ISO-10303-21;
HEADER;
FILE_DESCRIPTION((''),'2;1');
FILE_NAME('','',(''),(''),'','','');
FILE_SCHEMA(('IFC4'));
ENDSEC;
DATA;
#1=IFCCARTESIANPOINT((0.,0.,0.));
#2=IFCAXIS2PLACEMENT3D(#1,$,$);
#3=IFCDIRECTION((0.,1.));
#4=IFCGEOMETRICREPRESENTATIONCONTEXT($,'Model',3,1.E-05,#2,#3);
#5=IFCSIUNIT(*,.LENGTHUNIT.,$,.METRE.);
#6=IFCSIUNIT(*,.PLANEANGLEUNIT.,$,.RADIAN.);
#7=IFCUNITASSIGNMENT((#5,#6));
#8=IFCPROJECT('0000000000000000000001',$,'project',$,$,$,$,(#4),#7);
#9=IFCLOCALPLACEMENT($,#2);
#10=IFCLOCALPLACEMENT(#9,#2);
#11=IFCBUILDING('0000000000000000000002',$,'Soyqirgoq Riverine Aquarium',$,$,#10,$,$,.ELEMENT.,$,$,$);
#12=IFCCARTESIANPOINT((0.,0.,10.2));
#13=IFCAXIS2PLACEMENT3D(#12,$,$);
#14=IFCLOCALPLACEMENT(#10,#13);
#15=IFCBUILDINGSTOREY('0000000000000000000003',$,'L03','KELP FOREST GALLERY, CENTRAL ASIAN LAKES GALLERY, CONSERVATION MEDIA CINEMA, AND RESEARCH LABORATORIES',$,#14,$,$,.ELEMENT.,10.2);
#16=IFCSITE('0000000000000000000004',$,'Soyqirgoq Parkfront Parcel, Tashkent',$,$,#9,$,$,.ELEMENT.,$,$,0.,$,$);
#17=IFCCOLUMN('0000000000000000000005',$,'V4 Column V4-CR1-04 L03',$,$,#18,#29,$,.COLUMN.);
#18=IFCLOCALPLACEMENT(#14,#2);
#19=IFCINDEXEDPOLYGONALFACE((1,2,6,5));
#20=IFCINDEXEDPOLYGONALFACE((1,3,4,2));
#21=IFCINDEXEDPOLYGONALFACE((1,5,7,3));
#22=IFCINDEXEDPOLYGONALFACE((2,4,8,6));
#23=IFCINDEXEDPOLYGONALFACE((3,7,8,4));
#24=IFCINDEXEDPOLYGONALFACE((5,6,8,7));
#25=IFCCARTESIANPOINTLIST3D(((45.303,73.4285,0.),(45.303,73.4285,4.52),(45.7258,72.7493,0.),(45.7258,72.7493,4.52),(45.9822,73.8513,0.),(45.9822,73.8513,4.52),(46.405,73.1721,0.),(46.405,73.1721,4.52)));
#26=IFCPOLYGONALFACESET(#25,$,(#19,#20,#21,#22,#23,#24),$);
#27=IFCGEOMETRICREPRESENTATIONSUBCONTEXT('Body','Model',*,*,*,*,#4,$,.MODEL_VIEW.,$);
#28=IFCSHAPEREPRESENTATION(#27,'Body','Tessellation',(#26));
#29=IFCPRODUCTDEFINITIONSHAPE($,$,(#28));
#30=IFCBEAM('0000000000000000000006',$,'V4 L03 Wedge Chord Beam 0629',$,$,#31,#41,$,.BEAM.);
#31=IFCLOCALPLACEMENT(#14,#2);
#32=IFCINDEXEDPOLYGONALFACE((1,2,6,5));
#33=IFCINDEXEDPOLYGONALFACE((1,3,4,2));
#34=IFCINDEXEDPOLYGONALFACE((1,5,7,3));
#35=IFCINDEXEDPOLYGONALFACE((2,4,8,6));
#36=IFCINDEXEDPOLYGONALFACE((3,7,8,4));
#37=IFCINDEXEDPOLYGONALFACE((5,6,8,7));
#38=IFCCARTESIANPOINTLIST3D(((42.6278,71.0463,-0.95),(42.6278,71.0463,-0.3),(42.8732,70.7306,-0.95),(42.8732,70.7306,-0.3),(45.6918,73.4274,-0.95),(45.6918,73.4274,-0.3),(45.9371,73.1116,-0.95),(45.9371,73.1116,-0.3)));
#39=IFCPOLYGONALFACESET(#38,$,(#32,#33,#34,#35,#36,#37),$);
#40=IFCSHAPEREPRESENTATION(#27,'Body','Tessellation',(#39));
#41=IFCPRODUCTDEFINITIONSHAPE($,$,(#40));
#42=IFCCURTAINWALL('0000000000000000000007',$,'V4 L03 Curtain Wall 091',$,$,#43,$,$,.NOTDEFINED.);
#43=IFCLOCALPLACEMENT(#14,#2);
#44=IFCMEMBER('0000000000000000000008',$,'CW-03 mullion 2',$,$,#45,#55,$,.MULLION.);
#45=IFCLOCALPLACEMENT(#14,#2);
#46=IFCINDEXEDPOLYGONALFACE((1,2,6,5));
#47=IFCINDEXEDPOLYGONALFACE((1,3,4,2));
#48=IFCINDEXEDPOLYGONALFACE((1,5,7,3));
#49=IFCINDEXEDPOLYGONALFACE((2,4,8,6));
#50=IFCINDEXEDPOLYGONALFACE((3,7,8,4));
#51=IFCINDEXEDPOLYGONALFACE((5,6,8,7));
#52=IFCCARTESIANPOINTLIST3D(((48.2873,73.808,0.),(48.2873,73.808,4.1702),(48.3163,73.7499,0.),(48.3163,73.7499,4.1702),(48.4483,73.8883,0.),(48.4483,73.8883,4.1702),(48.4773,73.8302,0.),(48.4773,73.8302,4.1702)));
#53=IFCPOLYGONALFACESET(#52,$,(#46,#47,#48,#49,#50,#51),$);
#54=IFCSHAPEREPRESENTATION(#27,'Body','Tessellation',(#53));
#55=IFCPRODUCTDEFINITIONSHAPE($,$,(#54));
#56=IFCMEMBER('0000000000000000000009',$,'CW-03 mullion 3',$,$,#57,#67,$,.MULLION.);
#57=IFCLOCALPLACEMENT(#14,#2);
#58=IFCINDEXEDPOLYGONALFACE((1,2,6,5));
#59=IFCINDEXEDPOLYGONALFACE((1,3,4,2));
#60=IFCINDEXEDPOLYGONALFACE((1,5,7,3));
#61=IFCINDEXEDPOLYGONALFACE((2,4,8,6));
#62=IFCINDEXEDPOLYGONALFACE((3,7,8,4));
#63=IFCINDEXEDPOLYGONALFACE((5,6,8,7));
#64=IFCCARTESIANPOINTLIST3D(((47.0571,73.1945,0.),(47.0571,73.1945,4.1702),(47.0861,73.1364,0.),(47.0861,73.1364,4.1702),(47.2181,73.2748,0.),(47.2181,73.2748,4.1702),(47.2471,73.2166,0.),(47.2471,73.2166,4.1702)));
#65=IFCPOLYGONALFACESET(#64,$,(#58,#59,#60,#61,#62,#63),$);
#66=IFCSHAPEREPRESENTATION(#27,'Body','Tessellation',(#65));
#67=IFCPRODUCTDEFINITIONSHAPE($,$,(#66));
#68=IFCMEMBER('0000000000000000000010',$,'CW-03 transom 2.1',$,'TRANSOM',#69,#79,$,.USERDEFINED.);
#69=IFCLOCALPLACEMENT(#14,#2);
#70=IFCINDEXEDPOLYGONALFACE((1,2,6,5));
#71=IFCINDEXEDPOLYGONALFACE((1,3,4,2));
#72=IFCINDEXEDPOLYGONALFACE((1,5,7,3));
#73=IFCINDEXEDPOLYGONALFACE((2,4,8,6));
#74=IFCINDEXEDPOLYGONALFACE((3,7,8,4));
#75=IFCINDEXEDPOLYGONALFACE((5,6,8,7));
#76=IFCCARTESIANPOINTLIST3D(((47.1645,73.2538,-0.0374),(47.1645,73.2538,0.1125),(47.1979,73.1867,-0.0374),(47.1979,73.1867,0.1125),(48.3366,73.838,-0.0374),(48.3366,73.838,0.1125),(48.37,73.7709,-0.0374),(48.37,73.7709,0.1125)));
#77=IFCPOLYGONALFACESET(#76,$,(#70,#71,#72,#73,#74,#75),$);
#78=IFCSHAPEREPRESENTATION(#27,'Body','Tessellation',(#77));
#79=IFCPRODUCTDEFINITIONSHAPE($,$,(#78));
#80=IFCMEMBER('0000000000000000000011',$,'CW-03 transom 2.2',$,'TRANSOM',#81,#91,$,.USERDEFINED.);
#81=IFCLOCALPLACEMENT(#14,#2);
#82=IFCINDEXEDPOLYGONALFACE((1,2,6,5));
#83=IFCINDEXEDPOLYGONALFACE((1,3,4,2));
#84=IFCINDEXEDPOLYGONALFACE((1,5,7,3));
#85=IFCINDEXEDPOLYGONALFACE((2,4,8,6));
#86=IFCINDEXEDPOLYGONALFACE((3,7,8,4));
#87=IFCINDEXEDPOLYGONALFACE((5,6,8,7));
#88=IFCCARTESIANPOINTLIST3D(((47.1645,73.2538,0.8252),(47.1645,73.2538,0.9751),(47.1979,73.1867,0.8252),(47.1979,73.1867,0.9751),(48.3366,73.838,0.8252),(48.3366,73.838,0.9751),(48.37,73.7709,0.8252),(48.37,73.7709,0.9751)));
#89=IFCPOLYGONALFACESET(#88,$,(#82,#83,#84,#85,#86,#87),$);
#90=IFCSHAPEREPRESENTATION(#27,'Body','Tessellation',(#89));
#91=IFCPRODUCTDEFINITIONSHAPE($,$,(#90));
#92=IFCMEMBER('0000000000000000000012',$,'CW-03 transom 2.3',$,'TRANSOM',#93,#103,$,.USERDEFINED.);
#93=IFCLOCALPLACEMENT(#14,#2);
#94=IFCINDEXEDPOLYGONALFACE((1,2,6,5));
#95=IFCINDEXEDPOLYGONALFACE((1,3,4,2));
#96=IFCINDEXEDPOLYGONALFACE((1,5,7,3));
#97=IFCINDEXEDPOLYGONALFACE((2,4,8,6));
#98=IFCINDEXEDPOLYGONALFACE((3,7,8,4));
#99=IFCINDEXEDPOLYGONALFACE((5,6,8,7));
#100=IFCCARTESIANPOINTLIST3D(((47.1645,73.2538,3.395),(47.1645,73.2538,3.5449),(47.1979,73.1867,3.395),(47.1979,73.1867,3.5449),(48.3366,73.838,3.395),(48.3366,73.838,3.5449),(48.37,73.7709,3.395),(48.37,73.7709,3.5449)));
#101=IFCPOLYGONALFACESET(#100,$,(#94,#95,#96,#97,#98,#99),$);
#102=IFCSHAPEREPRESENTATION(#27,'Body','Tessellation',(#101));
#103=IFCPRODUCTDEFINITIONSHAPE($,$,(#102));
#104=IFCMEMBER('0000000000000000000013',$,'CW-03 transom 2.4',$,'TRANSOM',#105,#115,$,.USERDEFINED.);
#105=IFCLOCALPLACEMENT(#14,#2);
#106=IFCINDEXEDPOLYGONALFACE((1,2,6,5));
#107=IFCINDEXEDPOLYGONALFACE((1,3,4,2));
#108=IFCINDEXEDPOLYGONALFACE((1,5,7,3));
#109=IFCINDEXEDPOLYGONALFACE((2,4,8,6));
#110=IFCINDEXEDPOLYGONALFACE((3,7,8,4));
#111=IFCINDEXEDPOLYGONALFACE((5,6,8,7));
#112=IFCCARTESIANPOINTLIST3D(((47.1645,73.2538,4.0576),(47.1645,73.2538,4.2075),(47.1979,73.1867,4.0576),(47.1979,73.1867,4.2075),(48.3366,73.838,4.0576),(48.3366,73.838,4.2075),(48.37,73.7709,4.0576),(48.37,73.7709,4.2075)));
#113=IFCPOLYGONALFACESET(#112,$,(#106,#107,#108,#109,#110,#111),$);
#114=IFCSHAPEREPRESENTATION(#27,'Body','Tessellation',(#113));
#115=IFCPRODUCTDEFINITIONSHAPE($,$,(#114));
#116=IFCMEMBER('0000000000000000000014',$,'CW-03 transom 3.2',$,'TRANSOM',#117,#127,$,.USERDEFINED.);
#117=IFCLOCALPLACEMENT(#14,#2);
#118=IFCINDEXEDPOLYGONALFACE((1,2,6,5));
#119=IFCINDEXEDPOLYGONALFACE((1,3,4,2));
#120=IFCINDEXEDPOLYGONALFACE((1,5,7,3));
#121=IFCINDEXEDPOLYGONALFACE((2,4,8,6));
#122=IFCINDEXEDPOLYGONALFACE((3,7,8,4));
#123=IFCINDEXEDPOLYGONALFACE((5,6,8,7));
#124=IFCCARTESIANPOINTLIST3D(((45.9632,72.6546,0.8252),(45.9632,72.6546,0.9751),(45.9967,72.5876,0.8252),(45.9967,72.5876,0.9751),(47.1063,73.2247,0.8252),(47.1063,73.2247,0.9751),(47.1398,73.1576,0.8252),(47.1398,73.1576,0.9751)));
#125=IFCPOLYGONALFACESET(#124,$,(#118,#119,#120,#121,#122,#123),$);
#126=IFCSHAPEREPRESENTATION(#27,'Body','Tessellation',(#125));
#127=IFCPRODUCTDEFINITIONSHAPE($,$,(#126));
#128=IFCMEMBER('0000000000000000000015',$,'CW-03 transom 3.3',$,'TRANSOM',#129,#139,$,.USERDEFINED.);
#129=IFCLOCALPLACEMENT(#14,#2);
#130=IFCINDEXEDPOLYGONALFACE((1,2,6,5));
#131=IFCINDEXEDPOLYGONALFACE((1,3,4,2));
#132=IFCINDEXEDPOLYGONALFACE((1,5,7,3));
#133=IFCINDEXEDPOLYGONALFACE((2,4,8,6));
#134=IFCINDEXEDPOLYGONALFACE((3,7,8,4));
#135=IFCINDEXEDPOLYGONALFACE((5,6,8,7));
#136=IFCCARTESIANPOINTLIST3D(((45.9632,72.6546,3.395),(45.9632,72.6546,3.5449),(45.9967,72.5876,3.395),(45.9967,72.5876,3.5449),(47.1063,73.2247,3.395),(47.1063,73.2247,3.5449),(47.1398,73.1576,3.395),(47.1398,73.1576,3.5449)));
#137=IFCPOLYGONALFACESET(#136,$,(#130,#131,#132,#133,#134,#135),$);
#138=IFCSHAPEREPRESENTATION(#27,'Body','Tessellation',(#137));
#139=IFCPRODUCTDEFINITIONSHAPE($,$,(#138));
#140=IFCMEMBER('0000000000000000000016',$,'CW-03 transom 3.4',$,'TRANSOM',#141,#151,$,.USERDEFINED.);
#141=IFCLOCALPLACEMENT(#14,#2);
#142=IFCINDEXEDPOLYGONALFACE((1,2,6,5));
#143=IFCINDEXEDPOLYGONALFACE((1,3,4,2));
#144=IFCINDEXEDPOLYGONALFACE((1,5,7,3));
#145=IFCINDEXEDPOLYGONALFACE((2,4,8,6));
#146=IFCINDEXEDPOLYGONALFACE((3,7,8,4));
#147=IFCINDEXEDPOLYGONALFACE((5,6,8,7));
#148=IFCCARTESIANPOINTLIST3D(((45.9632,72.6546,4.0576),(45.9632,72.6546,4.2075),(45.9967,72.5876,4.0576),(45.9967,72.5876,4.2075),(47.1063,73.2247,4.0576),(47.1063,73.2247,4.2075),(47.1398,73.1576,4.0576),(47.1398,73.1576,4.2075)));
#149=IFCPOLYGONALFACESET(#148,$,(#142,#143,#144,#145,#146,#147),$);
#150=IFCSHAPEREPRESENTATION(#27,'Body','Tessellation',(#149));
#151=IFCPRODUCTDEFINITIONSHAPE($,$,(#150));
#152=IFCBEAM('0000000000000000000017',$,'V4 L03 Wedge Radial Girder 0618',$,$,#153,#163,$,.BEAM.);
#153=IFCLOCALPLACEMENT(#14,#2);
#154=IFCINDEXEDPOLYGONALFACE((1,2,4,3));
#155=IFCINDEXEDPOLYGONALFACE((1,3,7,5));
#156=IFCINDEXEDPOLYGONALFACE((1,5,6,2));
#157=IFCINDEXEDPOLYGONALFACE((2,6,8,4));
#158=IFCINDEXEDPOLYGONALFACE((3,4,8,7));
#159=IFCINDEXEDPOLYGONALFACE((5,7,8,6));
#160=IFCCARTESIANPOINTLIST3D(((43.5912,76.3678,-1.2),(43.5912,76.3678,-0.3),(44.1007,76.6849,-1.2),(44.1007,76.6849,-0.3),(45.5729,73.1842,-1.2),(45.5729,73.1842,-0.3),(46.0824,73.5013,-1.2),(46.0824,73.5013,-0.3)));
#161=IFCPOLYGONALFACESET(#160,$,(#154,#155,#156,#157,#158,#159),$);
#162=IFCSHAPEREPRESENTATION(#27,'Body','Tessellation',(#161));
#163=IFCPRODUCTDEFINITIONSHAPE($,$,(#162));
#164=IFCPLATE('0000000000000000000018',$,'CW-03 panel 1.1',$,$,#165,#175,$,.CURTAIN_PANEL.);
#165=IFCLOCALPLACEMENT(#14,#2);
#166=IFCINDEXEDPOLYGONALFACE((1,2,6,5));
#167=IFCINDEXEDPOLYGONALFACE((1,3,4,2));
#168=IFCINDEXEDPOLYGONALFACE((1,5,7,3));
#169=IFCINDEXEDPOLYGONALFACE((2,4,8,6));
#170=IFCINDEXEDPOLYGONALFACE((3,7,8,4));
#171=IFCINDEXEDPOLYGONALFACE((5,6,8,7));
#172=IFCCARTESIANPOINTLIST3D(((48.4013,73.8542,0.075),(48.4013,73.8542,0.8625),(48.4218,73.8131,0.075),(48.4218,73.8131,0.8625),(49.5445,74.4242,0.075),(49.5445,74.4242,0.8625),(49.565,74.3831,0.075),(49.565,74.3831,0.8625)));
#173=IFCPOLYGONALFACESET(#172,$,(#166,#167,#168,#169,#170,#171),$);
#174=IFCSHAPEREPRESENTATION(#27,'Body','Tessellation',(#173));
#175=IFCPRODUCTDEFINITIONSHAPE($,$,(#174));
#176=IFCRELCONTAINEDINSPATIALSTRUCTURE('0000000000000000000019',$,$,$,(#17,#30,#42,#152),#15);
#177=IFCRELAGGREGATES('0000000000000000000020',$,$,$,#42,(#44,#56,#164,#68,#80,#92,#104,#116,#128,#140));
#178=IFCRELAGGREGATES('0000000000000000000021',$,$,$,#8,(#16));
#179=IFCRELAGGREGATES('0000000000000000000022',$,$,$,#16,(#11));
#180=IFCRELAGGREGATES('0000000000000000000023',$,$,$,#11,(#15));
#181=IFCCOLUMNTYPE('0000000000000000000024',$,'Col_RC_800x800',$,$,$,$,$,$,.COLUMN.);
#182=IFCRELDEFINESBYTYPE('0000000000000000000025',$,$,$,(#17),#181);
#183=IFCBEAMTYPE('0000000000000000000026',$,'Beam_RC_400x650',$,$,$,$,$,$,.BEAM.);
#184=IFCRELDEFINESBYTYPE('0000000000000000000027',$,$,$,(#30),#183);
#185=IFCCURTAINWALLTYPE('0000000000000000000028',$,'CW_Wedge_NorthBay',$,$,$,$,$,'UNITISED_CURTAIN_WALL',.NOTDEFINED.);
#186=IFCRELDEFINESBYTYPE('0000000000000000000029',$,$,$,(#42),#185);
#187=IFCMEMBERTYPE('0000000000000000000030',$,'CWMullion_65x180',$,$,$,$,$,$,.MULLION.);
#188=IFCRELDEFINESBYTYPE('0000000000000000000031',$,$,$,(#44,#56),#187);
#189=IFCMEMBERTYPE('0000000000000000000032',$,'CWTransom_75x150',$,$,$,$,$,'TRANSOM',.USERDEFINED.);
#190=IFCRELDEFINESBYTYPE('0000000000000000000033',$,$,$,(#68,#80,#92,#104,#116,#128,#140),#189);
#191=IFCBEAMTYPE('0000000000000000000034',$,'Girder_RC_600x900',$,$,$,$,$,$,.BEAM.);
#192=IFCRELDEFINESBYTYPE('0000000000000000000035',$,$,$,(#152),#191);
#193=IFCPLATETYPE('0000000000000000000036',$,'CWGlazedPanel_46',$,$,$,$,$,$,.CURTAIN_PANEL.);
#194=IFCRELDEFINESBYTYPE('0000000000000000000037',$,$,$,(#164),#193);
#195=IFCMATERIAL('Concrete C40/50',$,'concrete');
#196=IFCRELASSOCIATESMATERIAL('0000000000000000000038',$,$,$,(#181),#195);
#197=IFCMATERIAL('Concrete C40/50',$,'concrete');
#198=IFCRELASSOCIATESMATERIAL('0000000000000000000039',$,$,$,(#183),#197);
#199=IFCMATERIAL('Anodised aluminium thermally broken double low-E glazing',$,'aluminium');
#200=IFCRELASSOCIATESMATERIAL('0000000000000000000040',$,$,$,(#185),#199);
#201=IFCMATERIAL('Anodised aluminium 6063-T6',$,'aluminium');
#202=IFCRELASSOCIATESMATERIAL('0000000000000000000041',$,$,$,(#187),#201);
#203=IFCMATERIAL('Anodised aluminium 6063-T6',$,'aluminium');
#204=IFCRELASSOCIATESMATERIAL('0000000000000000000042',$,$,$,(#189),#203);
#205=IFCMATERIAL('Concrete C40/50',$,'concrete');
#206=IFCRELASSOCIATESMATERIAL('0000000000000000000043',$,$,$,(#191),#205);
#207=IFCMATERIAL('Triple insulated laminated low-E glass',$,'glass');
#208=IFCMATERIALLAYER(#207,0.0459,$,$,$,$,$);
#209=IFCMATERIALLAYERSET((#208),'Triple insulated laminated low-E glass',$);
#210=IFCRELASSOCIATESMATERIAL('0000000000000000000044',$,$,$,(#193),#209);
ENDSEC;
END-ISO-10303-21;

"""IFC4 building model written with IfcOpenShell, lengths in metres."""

from ifc_helpers import new_model, si_unit, direction, frame, origin, origin_2d, place, context, subcontext, project, spatial, rectangle, extrude, material, layer, layer_set, material_profile, profile_set, type_object, element, aggregate, save


model = new_model("IFC4")

# Units and contexts
model_context = context("Model", 3, precision=1e-05, world=origin(), true_north=direction((0.0, 1.0)))
body_context = subcontext(model_context, "Body", "Model", "MODEL_VIEW")
ifc_project = project(units=[si_unit("LENGTHUNIT", "METRE"), si_unit("PLANEANGLEUNIT", "RADIAN")], contexts=[model_context])

# Site, building, storey
site_placement = place(None, origin())
site = spatial("IfcSite", under=ifc_project, at=site_placement, Name="Soyqirgoq Parkfront Parcel, Tashkent", CompositionType="ELEMENT", RefElevation=0.0)
building_placement = place(site_placement, origin())
building = spatial("IfcBuilding", under=site, at=building_placement, Name="Soyqirgoq Riverine Aquarium", CompositionType="ELEMENT")
storey_placement = place(building_placement, frame((0.0, 0.0, 10.2)))
storey = spatial("IfcBuildingStorey", under=building, at=storey_placement, Name="L03", Description="KELP FOREST GALLERY, CENTRAL ASIAN LAKES GALLERY, CONSERVATION MEDIA CINEMA, AND RESEARCH LABORATORIES", CompositionType="ELEMENT", Elevation=10.2)

# Column
ifc_material_1 = material(Name="Concrete C40/50", Category="concrete")
ifc_material_profile_1 = material_profile(ifc_material_1, rectangle(XDim=0.8, YDim=0.8, at=origin_2d()), Name="RC 800x800")
ifc_profile_set_1 = profile_set([ifc_material_profile_1], Name="Concrete C40/50")
column_type = type_object("IfcColumnType", Name="Col_RC_800x800", PredefinedType="COLUMN", material=ifc_profile_set_1)
column_placement = place(storey_placement, frame((45.854, 73.3003, 0.0), z_axis=(0.0, 0.0, 1.0), x_axis=(-0.528438, 0.848972, 0.0)))
element("IfcColumn", 1, at=column_placement, inside=storey, type_object=column_type, Name="V4 Column V4-CR1-04 L03", PredefinedType="COLUMN", context=body_context, shape_type="SweptSolid", body=[
    extrude(rectangle(XDim=0.8, YDim=0.8, at=origin_2d()), origin(), (0.0, 0.0, 1.0), 4.52),
])

# Beam
ifc_material_2 = material(Name="Concrete C40/50", Category="concrete")
ifc_material_profile_2 = material_profile(ifc_material_2, rectangle(XDim=0.3999, YDim=0.6499, at=origin_2d()), Name="RC 400x650")
ifc_profile_set_2 = profile_set([ifc_material_profile_2], Name="Concrete C40/50")
beam_type_1 = type_object("IfcBeamType", Name="Beam_RC_400x650", PredefinedType="BEAM", material=ifc_profile_set_2)
beam_1_placement = place(storey_placement, frame((45.8145, 73.2695, -0.625), z_axis=(-0.789599, -0.613623, 0.0), x_axis=(0.613623, -0.789599, 0.0)))
element("IfcBeam", 2, at=beam_1_placement, inside=storey, type_object=beam_type_1, Name="V4 L03 Wedge Chord Beam 0629", PredefinedType="BEAM", context=body_context, shape_type="SweptSolid", body=[
    extrude(rectangle(XDim=0.3999, YDim=0.6499, at=origin_2d()), origin(), (0.0, 0.0, 1.0), 3.8804),
])

# Curtain wall, members
ifc_material_3 = material(Name="Anodised aluminium thermally broken double low-E glazing", Category="aluminium")
curtain_wall_type = type_object("IfcCurtainWallType", Name="CW_Wedge_NorthBay", ElementType="UNITISED_CURTAIN_WALL", PredefinedType="NOTDEFINED", material=ifc_material_3)
curtain_wall_placement = place(storey_placement, origin())
curtain_wall = element("IfcCurtainWall", 3, at=curtain_wall_placement, inside=storey, type_object=curtain_wall_type, Name="V4 L03 Curtain Wall 091", PredefinedType="NOTDEFINED")
ifc_material_4 = material(Name="Anodised aluminium 6063-T6", Category="aluminium")
ifc_material_profile_3 = material_profile(ifc_material_4, rectangle(XDim=0.0649, YDim=0.1799, at=origin_2d()), Name="ALU-M 65x180")
ifc_profile_set_3 = profile_set([ifc_material_profile_3], Name="Anodised aluminium 6063-T6")
member_type_1 = type_object("IfcMemberType", Name="CWMullion_65x180", PredefinedType="MULLION", material=ifc_profile_set_3)
member_1_placement = place(storey_placement, frame((48.3823, 73.8191, 0.0), z_axis=(0.0, 0.0, 1.0), x_axis=(0.446195, -0.894936, 0.0)))
member_1 = element("IfcMember", 4, at=member_1_placement, type_object=member_type_1, Name="CW-03 mullion 2", PredefinedType="MULLION", context=body_context, shape_type="SweptSolid", body=[
    extrude(rectangle(XDim=0.0649, YDim=0.1799, at=origin_2d()), origin(), (0.0, 0.0, 1.0), 4.1702),
])
member_2_placement = place(storey_placement, frame((47.1521, 73.2056, 0.0), z_axis=(0.0, 0.0, 1.0), x_axis=(0.446195, -0.894936, 0.0)))
member_2 = element("IfcMember", 5, at=member_2_placement, type_object=member_type_1, Name="CW-03 mullion 3", PredefinedType="MULLION", context=body_context, shape_type="SweptSolid", body=[
    extrude(rectangle(XDim=0.0649, YDim=0.1799, at=origin_2d()), origin(), (0.0, 0.0, 1.0), 4.1702),
])
ifc_material_5 = material(Name="Anodised aluminium 6063-T6", Category="aluminium")
ifc_material_profile_4 = material_profile(ifc_material_5, rectangle(XDim=0.075, YDim=0.1499, at=origin_2d()), Name="ALU-T 75x150")
ifc_profile_set_4 = profile_set([ifc_material_profile_4], Name="Anodised aluminium 6063-T6")
member_type_2 = type_object("IfcMemberType", Name="CWTransom_75x150", ElementType="TRANSOM", PredefinedType="USERDEFINED", material=ifc_profile_set_4)
member_3_placement = place(storey_placement, frame((48.3533, 73.8044, 0.0376), z_axis=(-0.894986, -0.446095, 0.0), x_axis=(0.446095, -0.894986, 0.0)))
member_3 = element("IfcMember", 6, at=member_3_placement, type_object=member_type_2, Name="CW-03 transom 2.1", ObjectType="TRANSOM", PredefinedType="USERDEFINED", context=body_context, shape_type="SweptSolid", body=[
    extrude(rectangle(XDim=0.075, YDim=0.1499, at=origin_2d()), origin(), (0.0, 0.0, 1.0), 1.3096),
])
member_4_placement = place(storey_placement, frame((48.3533, 73.8044, 0.9001), z_axis=(-0.894986, -0.446095, 0.0), x_axis=(0.446095, -0.894986, 0.0)))
member_4 = element("IfcMember", 7, at=member_4_placement, type_object=member_type_2, Name="CW-03 transom 2.2", ObjectType="TRANSOM", PredefinedType="USERDEFINED", context=body_context, shape_type="SweptSolid", body=[
    extrude(rectangle(XDim=0.075, YDim=0.1499, at=origin_2d()), origin(), (0.0, 0.0, 1.0), 1.3096),
])
member_5_placement = place(storey_placement, frame((48.3533, 73.8044, 3.47), z_axis=(-0.894986, -0.446095, 0.0), x_axis=(0.446095, -0.894986, 0.0)))
member_5 = element("IfcMember", 8, at=member_5_placement, type_object=member_type_2, Name="CW-03 transom 2.3", ObjectType="TRANSOM", PredefinedType="USERDEFINED", context=body_context, shape_type="SweptSolid", body=[
    extrude(rectangle(XDim=0.075, YDim=0.1499, at=origin_2d()), origin(), (0.0, 0.0, 1.0), 1.3096),
])
member_6_placement = place(storey_placement, frame((48.3533, 73.8044, 4.1326), z_axis=(-0.894986, -0.446095, 0.0), x_axis=(0.446095, -0.894986, 0.0)))
member_6 = element("IfcMember", 9, at=member_6_placement, type_object=member_type_2, Name="CW-03 transom 2.4", ObjectType="TRANSOM", PredefinedType="USERDEFINED", context=body_context, shape_type="SweptSolid", body=[
    extrude(rectangle(XDim=0.075, YDim=0.1499, at=origin_2d()), origin(), (0.0, 0.0, 1.0), 1.3096),
])
member_7_placement = place(storey_placement, frame((47.123, 73.1912, 0.9001), z_axis=(-0.894885, -0.446296, 0.0), x_axis=(0.446296, -0.894885, 0.0)))
member_7 = element("IfcMember", 10, at=member_7_placement, type_object=member_type_2, Name="CW-03 transom 3.2", ObjectType="TRANSOM", PredefinedType="USERDEFINED", context=body_context, shape_type="SweptSolid", body=[
    extrude(rectangle(XDim=0.075, YDim=0.1499, at=origin_2d()), origin(), (0.0, 0.0, 1.0), 1.2773),
])
member_8_placement = place(storey_placement, frame((47.123, 73.1912, 3.47), z_axis=(-0.894885, -0.446296, 0.0), x_axis=(0.446296, -0.894885, 0.0)))
member_8 = element("IfcMember", 11, at=member_8_placement, type_object=member_type_2, Name="CW-03 transom 3.3", ObjectType="TRANSOM", PredefinedType="USERDEFINED", context=body_context, shape_type="SweptSolid", body=[
    extrude(rectangle(XDim=0.075, YDim=0.1499, at=origin_2d()), origin(), (0.0, 0.0, 1.0), 1.2773),
])
member_9_placement = place(storey_placement, frame((47.123, 73.1912, 4.1326), z_axis=(-0.894885, -0.446296, 0.0), x_axis=(0.446296, -0.894885, 0.0)))
member_9 = element("IfcMember", 12, at=member_9_placement, type_object=member_type_2, Name="CW-03 transom 3.4", ObjectType="TRANSOM", PredefinedType="USERDEFINED", context=body_context, shape_type="SweptSolid", body=[
    extrude(rectangle(XDim=0.075, YDim=0.1499, at=origin_2d()), origin(), (0.0, 0.0, 1.0), 1.2773),
])

# Beam
ifc_material_6 = material(Name="Concrete C40/50", Category="concrete")
ifc_material_profile_5 = material_profile(ifc_material_6, rectangle(XDim=0.6001, YDim=0.8999, at=origin_2d()), Name="RC 600x900")
ifc_profile_set_5 = profile_set([ifc_material_profile_5], Name="Concrete C40/50")
beam_type_2 = type_object("IfcBeamType", Name="Girder_RC_600x900", PredefinedType="BEAM", material=ifc_profile_set_5)
beam_2_placement = place(storey_placement, frame((45.8276, 73.3428, -0.75), z_axis=(-0.528453, 0.848962, 0.0), x_axis=(-0.848962, -0.528453, 0.0)))
element("IfcBeam", 13, at=beam_2_placement, inside=storey, type_object=beam_type_2, Name="V4 L03 Wedge Radial Girder 0618", PredefinedType="BEAM", context=body_context, shape_type="SweptSolid", body=[
    extrude(rectangle(XDim=0.6001, YDim=0.8999, at=origin_2d()), origin(), (0.0, 0.0, 1.0), 3.75),
])

# Plate
ifc_material_7 = material(Name="Triple insulated laminated low-E glass", Category="glass")
ifc_layer_1 = layer(ifc_material_7, 0.0459)
ifc_layer_set_1 = layer_set([ifc_layer_1], Name="Triple insulated laminated low-E glass")
plate_type = type_object("IfcPlateType", Name="CWGlazedPanel_46", PredefinedType="CURTAIN_PANEL", material=ifc_layer_set_1)
plate_1_placement = place(storey_placement, frame((48.9832, 74.1187, 0.075), z_axis=(0.0, 0.0, 1.0), x_axis=(-0.894936, -0.446195, 0.0)))
plate_1 = element("IfcPlate", 14, at=plate_1_placement, type_object=plate_type, Name="CW-03 panel 1.1", PredefinedType="CURTAIN_PANEL", context=body_context, shape_type="SweptSolid", body=[
    extrude(rectangle(XDim=1.2773, YDim=0.0459, at=origin_2d()), origin(), (0.0, 0.0, 1.0), 0.7876),
])
aggregate(curtain_wall, [member_1, member_2, plate_1, member_3, member_4, member_5, member_6, member_7, member_8, member_9])

save(model, "model.ifc")
